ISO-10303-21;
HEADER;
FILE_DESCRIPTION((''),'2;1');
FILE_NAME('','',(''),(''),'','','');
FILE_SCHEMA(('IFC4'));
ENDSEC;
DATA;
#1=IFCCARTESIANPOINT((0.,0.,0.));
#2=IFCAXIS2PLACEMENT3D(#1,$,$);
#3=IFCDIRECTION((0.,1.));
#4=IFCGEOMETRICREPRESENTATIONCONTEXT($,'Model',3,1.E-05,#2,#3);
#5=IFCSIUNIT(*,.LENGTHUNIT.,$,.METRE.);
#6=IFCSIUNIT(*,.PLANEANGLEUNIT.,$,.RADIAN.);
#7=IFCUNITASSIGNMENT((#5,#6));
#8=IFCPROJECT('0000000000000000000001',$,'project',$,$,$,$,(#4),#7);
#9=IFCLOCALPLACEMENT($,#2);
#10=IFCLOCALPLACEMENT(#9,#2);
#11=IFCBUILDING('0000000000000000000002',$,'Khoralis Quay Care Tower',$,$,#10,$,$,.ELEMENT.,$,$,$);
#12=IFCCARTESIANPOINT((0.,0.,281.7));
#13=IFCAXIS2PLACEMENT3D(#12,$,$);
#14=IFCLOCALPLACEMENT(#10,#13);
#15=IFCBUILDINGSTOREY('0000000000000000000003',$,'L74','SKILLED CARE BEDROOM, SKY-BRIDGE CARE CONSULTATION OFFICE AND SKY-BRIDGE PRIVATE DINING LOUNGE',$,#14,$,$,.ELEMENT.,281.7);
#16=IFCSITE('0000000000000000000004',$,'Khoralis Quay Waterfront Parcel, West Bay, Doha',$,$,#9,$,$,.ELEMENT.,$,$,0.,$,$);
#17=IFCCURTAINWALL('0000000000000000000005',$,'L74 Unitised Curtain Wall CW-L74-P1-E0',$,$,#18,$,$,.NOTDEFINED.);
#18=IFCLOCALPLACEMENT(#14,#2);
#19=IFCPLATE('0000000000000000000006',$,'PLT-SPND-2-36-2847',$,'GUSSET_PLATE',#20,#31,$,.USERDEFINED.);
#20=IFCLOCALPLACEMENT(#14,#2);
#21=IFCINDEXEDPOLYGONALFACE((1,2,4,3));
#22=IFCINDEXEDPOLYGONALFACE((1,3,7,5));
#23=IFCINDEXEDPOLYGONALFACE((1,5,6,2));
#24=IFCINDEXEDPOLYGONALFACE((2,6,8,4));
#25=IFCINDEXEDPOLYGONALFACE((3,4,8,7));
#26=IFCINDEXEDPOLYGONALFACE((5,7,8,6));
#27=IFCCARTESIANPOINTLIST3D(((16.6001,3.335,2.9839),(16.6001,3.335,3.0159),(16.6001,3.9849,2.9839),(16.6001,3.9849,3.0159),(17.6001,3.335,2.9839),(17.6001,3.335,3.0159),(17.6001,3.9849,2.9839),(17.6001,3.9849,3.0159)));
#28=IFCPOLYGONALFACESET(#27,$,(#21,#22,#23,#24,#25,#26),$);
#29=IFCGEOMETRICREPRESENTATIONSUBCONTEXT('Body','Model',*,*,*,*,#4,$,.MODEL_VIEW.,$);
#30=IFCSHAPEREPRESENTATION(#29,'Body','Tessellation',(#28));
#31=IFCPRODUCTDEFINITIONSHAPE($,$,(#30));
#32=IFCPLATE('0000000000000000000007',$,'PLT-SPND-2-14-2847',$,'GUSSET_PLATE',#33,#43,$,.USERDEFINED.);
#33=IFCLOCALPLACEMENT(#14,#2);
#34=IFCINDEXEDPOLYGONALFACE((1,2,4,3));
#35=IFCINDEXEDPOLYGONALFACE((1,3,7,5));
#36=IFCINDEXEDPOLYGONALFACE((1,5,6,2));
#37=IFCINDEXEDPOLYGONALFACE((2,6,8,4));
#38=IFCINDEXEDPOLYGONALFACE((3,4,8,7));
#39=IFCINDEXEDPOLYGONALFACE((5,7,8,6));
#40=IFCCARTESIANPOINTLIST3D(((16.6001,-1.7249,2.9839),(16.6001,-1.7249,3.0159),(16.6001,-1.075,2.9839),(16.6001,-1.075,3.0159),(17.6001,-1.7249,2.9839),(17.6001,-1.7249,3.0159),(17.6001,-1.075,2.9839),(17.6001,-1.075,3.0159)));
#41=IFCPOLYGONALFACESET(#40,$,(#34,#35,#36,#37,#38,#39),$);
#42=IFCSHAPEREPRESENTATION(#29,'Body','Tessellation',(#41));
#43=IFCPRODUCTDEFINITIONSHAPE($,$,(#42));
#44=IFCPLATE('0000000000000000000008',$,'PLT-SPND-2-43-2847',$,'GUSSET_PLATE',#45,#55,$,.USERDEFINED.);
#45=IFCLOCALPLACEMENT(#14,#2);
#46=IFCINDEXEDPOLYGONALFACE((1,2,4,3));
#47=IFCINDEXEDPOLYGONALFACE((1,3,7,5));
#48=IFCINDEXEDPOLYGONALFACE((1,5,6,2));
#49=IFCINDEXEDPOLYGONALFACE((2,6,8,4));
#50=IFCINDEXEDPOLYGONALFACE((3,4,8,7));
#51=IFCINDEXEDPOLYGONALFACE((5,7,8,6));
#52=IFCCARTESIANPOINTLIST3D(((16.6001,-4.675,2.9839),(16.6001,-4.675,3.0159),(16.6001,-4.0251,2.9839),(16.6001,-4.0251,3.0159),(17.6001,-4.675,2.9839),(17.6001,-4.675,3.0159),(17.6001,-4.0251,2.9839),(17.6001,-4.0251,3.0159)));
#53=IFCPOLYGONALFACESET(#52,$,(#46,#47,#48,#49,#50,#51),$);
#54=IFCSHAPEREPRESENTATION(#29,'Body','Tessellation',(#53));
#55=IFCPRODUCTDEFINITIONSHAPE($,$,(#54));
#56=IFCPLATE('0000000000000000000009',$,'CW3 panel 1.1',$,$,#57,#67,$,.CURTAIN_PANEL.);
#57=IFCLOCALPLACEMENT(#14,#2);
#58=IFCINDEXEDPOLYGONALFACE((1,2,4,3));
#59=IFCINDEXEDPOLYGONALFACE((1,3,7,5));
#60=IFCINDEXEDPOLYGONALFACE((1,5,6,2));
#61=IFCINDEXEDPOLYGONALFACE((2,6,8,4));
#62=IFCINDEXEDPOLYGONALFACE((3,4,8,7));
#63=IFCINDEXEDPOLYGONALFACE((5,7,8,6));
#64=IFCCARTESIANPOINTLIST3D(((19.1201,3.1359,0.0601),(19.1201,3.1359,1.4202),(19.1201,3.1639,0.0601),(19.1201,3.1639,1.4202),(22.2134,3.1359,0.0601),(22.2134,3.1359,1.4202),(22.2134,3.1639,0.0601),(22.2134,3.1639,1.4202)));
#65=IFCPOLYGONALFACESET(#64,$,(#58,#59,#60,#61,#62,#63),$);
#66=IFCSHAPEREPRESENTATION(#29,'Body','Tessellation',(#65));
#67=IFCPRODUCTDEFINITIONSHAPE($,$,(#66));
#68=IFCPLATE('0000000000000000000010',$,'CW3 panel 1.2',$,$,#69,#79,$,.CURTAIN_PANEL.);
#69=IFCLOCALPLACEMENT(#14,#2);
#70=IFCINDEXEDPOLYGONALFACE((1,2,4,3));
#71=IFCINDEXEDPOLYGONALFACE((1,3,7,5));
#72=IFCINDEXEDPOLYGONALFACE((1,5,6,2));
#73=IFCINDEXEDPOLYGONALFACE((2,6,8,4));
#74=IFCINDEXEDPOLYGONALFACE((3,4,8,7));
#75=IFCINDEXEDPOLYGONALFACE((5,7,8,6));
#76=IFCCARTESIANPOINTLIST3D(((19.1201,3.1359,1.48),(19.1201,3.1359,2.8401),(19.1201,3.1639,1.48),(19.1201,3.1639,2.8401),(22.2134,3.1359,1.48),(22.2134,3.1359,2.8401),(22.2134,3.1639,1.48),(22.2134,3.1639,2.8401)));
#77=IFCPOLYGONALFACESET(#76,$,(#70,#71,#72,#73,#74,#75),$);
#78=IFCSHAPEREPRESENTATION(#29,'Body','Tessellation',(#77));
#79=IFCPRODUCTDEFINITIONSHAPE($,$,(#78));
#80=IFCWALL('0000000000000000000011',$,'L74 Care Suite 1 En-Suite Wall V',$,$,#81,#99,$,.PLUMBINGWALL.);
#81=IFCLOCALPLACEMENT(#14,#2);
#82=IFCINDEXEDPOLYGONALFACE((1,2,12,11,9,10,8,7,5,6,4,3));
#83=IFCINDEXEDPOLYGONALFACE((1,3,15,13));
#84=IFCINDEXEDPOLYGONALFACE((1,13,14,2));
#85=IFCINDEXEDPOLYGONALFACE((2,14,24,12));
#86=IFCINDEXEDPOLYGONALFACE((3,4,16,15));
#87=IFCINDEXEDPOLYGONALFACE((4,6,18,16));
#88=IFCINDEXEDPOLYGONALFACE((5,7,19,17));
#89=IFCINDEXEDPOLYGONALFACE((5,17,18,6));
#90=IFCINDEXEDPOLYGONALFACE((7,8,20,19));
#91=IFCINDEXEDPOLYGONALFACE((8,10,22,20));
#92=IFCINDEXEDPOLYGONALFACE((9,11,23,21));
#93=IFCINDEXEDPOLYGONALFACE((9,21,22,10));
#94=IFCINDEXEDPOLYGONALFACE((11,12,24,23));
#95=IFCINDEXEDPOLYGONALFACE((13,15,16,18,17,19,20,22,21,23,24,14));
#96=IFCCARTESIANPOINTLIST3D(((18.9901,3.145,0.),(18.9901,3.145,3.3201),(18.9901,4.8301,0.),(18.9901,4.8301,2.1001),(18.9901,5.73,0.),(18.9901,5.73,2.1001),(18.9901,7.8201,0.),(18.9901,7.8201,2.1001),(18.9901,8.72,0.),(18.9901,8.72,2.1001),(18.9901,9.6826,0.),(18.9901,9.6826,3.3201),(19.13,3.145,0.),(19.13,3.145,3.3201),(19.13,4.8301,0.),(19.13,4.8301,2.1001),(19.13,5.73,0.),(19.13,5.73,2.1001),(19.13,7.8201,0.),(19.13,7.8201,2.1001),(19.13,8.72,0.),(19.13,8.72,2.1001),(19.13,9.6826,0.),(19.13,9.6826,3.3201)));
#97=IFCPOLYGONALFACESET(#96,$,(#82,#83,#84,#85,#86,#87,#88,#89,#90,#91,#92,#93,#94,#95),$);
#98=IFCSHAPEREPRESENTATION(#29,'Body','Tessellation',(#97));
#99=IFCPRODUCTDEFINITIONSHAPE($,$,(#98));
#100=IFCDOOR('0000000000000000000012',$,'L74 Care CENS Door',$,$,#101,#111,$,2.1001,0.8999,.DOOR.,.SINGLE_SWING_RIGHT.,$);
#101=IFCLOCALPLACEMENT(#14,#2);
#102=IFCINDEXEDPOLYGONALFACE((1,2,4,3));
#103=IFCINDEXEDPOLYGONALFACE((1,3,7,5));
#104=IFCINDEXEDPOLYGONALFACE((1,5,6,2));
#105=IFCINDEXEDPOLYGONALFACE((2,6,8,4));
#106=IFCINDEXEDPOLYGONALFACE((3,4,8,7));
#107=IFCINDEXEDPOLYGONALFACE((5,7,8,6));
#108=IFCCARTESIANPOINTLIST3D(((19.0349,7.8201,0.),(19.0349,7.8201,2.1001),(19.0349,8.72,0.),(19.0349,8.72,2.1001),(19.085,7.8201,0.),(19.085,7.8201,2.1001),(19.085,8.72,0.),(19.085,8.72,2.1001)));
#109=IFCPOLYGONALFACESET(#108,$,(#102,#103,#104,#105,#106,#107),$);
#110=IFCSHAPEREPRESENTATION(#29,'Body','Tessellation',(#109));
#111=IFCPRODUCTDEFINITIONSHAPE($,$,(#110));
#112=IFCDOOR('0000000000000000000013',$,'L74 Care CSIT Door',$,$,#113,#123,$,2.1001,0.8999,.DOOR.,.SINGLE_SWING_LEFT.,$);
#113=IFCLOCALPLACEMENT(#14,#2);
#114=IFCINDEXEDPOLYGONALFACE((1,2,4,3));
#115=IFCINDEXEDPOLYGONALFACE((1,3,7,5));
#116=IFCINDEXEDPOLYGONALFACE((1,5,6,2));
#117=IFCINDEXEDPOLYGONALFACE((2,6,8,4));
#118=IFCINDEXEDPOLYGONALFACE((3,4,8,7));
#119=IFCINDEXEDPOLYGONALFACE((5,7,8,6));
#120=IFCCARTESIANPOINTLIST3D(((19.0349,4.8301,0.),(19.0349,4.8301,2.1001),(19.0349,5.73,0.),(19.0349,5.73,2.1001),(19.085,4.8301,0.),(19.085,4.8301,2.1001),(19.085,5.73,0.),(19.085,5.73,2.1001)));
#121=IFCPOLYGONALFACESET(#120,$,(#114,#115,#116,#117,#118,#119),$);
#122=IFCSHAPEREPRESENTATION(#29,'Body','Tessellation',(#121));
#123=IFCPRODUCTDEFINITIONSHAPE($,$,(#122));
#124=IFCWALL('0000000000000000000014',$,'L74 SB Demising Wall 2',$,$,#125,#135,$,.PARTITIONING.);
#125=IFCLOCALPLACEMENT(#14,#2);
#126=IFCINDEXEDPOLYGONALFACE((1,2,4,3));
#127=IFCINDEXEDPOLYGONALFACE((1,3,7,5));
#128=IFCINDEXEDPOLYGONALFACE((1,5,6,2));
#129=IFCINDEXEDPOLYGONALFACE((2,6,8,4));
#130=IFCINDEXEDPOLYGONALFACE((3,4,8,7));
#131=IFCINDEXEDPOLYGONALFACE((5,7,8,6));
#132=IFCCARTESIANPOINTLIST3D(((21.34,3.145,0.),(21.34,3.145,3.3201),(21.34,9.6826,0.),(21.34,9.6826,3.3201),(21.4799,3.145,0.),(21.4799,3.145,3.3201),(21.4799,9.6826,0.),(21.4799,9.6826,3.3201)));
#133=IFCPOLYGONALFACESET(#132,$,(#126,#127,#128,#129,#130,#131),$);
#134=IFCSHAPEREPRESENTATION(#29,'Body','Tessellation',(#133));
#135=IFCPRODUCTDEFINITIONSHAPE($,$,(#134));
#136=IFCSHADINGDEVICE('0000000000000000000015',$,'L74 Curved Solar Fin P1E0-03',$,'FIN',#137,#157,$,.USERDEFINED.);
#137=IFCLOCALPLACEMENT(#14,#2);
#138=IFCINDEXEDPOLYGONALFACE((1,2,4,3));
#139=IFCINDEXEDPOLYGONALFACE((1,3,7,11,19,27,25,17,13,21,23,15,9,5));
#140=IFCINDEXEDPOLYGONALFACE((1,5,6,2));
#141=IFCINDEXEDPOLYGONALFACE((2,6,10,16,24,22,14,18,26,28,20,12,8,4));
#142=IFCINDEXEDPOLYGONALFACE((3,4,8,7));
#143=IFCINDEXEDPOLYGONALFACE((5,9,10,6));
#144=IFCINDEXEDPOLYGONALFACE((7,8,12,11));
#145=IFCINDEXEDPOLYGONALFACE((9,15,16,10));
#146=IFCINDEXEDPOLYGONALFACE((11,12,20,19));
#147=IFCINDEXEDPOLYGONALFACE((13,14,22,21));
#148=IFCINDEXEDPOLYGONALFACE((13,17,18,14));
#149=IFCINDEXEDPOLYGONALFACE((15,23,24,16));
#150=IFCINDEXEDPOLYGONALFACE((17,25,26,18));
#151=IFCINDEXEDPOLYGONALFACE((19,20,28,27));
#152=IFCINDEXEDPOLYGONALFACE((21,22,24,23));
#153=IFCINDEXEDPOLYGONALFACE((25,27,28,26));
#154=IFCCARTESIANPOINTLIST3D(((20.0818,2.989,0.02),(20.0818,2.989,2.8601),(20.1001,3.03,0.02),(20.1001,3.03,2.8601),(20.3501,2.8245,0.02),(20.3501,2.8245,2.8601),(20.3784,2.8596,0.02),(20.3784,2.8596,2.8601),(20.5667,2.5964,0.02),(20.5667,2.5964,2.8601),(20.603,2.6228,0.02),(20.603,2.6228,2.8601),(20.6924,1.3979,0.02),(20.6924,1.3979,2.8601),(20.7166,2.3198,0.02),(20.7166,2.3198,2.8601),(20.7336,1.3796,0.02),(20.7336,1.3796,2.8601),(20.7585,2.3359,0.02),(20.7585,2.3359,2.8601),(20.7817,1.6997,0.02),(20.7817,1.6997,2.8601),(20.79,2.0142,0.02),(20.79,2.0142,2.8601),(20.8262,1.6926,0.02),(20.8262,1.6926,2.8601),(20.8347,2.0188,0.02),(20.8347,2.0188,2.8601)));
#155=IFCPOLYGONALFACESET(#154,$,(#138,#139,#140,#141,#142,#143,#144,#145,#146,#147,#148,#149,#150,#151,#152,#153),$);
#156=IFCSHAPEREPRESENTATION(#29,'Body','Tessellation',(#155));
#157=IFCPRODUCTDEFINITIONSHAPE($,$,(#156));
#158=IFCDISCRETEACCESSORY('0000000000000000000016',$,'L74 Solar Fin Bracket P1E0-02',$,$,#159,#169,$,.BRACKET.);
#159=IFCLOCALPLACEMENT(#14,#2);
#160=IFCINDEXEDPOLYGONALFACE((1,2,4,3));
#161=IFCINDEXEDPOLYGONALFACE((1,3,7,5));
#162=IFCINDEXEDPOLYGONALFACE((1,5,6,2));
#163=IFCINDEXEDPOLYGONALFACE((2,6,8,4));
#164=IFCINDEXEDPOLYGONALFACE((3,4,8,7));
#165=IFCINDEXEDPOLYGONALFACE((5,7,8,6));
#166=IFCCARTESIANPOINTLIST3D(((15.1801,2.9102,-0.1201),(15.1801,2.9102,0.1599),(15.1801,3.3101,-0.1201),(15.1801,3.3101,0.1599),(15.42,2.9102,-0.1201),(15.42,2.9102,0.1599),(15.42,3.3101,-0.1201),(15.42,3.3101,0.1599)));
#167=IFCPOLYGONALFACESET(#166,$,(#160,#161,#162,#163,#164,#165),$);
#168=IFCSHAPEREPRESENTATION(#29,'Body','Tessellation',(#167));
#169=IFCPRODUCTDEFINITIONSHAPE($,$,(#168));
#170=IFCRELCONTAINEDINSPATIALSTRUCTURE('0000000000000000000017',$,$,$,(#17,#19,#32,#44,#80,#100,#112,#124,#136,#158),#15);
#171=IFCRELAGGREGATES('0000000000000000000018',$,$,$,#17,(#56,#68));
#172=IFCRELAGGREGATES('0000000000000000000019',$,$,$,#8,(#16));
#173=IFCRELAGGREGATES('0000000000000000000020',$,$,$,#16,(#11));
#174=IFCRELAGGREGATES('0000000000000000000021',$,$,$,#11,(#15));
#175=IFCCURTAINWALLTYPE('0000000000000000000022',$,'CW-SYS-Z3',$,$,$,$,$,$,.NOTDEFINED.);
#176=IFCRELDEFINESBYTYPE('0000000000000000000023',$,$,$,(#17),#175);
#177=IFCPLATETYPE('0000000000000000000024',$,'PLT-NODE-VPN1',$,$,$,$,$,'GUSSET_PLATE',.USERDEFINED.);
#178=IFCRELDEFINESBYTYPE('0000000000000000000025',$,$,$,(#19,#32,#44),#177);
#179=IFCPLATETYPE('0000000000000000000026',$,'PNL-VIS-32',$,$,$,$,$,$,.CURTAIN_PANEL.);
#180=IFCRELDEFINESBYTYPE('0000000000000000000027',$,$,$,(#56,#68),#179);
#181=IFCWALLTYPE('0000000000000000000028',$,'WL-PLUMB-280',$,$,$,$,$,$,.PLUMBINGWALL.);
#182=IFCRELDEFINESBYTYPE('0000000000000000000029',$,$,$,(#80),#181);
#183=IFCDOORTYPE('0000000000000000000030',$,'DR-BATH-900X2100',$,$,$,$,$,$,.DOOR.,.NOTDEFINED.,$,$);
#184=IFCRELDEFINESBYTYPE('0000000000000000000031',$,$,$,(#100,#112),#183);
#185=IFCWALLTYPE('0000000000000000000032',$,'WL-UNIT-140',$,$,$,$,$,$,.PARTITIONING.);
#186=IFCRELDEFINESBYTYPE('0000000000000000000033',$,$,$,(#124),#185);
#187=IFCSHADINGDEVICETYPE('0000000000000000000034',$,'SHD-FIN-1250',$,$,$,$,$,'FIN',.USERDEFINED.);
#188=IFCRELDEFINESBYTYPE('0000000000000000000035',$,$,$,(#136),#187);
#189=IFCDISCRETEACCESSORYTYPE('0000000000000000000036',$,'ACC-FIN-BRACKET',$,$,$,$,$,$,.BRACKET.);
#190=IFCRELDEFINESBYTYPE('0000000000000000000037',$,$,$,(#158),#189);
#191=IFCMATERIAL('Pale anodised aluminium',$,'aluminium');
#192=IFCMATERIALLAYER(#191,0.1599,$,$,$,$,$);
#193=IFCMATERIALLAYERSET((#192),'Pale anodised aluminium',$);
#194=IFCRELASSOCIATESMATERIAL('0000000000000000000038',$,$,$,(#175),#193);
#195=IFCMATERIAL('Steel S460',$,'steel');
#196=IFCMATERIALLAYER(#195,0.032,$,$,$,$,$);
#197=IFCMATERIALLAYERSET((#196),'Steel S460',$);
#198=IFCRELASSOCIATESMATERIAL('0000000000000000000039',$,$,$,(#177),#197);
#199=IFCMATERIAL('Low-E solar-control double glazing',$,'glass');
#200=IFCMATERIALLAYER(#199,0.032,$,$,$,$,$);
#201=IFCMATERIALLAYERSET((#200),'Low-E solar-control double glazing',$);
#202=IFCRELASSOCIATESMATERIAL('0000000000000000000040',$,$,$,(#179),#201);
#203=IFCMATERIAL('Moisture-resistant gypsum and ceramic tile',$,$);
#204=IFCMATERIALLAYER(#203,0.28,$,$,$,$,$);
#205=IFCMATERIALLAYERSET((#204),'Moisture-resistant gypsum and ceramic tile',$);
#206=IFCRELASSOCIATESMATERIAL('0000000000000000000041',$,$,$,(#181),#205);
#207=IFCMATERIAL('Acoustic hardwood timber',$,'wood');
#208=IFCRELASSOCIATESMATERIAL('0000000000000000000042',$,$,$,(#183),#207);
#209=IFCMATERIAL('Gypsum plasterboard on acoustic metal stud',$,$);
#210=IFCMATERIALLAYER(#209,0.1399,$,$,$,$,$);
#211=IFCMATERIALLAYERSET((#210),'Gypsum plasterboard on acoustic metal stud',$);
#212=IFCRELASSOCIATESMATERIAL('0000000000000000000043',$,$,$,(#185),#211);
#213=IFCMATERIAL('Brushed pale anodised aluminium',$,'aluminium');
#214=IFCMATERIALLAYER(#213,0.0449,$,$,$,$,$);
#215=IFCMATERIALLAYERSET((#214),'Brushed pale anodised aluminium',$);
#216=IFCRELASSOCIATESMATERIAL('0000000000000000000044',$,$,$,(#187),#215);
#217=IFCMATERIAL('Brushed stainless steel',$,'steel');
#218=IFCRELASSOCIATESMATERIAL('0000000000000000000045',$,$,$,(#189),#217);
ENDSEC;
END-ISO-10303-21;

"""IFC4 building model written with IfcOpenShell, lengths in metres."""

from ifc_helpers import new_model, si_unit, direction, frame, frame_2d, origin, origin_2d, place, context, subcontext, project, spatial, polyline, rectangle, outline, extrude, source, transform, mapped, material, layer, layer_set, type_object, element, fill, aggregate, save


model = new_model("IFC4")

# Units and contexts
model_context = context("Model", 3, precision=1e-05, world=origin(), true_north=direction((0.0, 1.0)))
body_context = subcontext(model_context, "Body", "Model", "MODEL_VIEW")
ifc_project = project(units=[si_unit("LENGTHUNIT", "METRE"), si_unit("PLANEANGLEUNIT", "RADIAN")], contexts=[model_context])

# Site, building, storey
site_placement = place(None, origin())
site = spatial("IfcSite", under=ifc_project, at=site_placement, Name="Khoralis Quay Waterfront Parcel, West Bay, Doha", CompositionType="ELEMENT", RefElevation=0.0)
building_placement = place(site_placement, origin())
building = spatial("IfcBuilding", under=site, at=building_placement, Name="Khoralis Quay Care Tower", CompositionType="ELEMENT")
storey_placement = place(building_placement, frame((0.0, 0.0, 281.7)))
storey = spatial("IfcBuildingStorey", under=building, at=storey_placement, Name="L74", Description="SKILLED CARE BEDROOM, SKY-BRIDGE CARE CONSULTATION OFFICE AND SKY-BRIDGE PRIVATE DINING LOUNGE", CompositionType="ELEMENT", Elevation=281.7)

# Shared definitions
ifc_material_1 = material(Name="Steel S460", Category="steel")

# Curtain wall
ifc_material_2 = material(Name="Pale anodised aluminium", Category="aluminium")
ifc_layer_1 = layer(ifc_material_2, 0.1599)
ifc_layer_set_1 = layer_set([ifc_layer_1], Name="Pale anodised aluminium")
curtain_wall_type = type_object("IfcCurtainWallType", Name="CW-SYS-Z3", PredefinedType="NOTDEFINED", material=ifc_layer_set_1)
curtain_wall_placement = place(storey_placement, origin())
curtain_wall = element("IfcCurtainWall", 1, at=curtain_wall_placement, inside=storey, type_object=curtain_wall_type, Name="L74 Unitised Curtain Wall CW-L74-P1-E0", PredefinedType="NOTDEFINED")

# Plates
ifc_layer_2 = layer(ifc_material_1, 0.032)
ifc_layer_set_2 = layer_set([ifc_layer_2], Name="Steel S460")
plate_type_1 = type_object("IfcPlateType", Name="PLT-NODE-VPN1", ElementType="GUSSET_PLATE", PredefinedType="USERDEFINED", material=ifc_layer_set_2)
shared_shape_1 = source(origin(), body_context, "Body", "SweptSolid", [
    extrude(rectangle(XDim=1.0, YDim=0.6499, at=origin_2d()), origin(), (0.0, 0.0, 1.0), 0.032),
])
for number, where, z_axis, x_axis, name in (
    (2, (17.1001, 3.6599, 2.9839), (0.0, 0.0, 1.0), (1.0, 0.0, 0.0), "PLT-SPND-2-36-2847"),
    (3, (17.1001, -1.3999, 2.9839), (0.0, 0.0, 1.0), (1.0, 0.0, 0.0), "PLT-SPND-2-14-2847"),
    (4, (17.1001, -4.3501, 2.9839), (0.0, 0.0, 1.0), (1.0, 0.0, 0.0), "PLT-SPND-2-43-2847"),
):
    element("IfcPlate", number, at=place(storey_placement, frame(where, z_axis=z_axis, x_axis=x_axis)), inside=storey, type_object=plate_type_1, Name=name, ObjectType="GUSSET_PLATE", PredefinedType="USERDEFINED", context=body_context, shape_type="MappedRepresentation", body=[
        mapped(shared_shape_1, transform((0.0, 0.0, 0.0), scale=1.0)),
    ])

# Plates
ifc_material_3 = material(Name="Low-E solar-control double glazing", Category="glass")
ifc_layer_3 = layer(ifc_material_3, 0.032)
ifc_layer_set_3 = layer_set([ifc_layer_3], Name="Low-E solar-control double glazing")
plate_type_2 = type_object("IfcPlateType", Name="PNL-VIS-32", PredefinedType="CURTAIN_PANEL", material=ifc_layer_set_3)
shared_shape_2 = source(origin(), body_context, "Body", "SweptSolid", [
    extrude(rectangle(XDim=3.0933, YDim=0.0281, at=origin_2d()), origin(), (0.0, 0.0, 1.0), 1.3601),
])
plate_1_placement = place(storey_placement, frame((20.6667, 3.1499, 0.0601), z_axis=(0.0, 0.0, 1.0), x_axis=(1.0, 0.0, 0.0)))
plate_1 = element("IfcPlate", 5, at=plate_1_placement, type_object=plate_type_2, Name="CW3 panel 1.1", PredefinedType="CURTAIN_PANEL", context=body_context, shape_type="MappedRepresentation", body=[
    mapped(shared_shape_2, transform((0.0, 0.0, 0.0), scale=1.0)),
])
plate_2_placement = place(storey_placement, frame((20.6667, 3.1499, 1.48), z_axis=(0.0, 0.0, 1.0), x_axis=(1.0, 0.0, 0.0)))
plate_2 = element("IfcPlate", 6, at=plate_2_placement, type_object=plate_type_2, Name="CW3 panel 1.2", PredefinedType="CURTAIN_PANEL", context=body_context, shape_type="MappedRepresentation", body=[
    mapped(shared_shape_2, transform((0.0, 0.0, 0.0), scale=1.0)),
])
aggregate(curtain_wall, [plate_1, plate_2])

# Wall, openings, doors
ifc_material_4 = material(Name="Moisture-resistant gypsum and ceramic tile")
ifc_layer_4 = layer(ifc_material_4, 0.28)
ifc_layer_set_4 = layer_set([ifc_layer_4], Name="Moisture-resistant gypsum and ceramic tile")
wall_type_1 = type_object("IfcWallType", Name="WL-PLUMB-280", PredefinedType="PLUMBINGWALL", material=ifc_layer_set_4)
wall_1_placement = place(storey_placement, frame((19.0601, 3.145, 0.0), z_axis=(0.0, 0.0, 1.0), x_axis=(0.0, 1.0, 0.0)))
wall_1 = element("IfcWall", 7, at=wall_1_placement, inside=storey, type_object=wall_type_1, Name="L74 Care Suite 1 En-Suite Wall V", PredefinedType="PLUMBINGWALL", context=body_context, shape_type="SweptSolid", body=[
    extrude(rectangle(XDim=6.5376, YDim=0.1399, at=frame_2d((3.2688, 0.0))), origin(), (0.0, 0.0, 1.0), 3.3201),
])
opening_1_placement = place(wall_1_placement, frame((4.675, 0.0, 0.0)))
opening_1 = element("IfcOpeningElement", 8, at=opening_1_placement, cuts=wall_1, PredefinedType="OPENING", context=body_context, shape_type="SweptSolid", body=[
    extrude(rectangle(XDim=0.8999, YDim=2.1001, at=frame_2d((0.45, 1.05))), frame((0.0, 0.0801, 0.0), z_axis=(0.0, -1.0, 0.0), x_axis=(1.0, 0.0, 0.0)), (0.0, 0.0, 1.0), 0.1599),
])
opening_2_placement = place(wall_1_placement, frame((1.6851, 0.0, 0.0)))
opening_2 = element("IfcOpeningElement", 9, at=opening_2_placement, cuts=wall_1, PredefinedType="OPENING", context=body_context, shape_type="SweptSolid", body=[
    extrude(rectangle(XDim=0.8999, YDim=2.1001, at=frame_2d((0.45, 1.05))), frame((0.0, 0.0801, 0.0), z_axis=(0.0, -1.0, 0.0), x_axis=(1.0, 0.0, 0.0)), (0.0, 0.0, 1.0), 0.1599),
])
ifc_material_5 = material(Name="Acoustic hardwood timber", Category="wood")
door_type = type_object("IfcDoorType", Name="DR-BATH-900X2100", OperationType="NOTDEFINED", PredefinedType="DOOR", material=ifc_material_5)
shared_shape_3 = source(origin(), body_context, "Body", "SweptSolid", [
    extrude(rectangle(XDim=0.8999, YDim=2.1001, at=frame_2d((0.45, 1.05))), frame((0.0, 0.0249, 0.0), z_axis=(0.0, -1.0, 0.0), x_axis=(1.0, 0.0, 0.0)), (0.0, 0.0, 1.0), 0.05),
])
door_1_placement = place(opening_1_placement, frame((0.8999, 0.0, 0.0), z_axis=(0.0, 0.0, 1.0), x_axis=(-1.0, 0.0, 0.0)))
door_1 = element("IfcDoor", 10, at=door_1_placement, inside=storey, type_object=door_type, Name="L74 Care CENS Door", OperationType="SINGLE_SWING_RIGHT", OverallHeight=2.1001, OverallWidth=0.8999, PredefinedType="DOOR", context=body_context, shape_type="MappedRepresentation", body=[
    mapped(shared_shape_3, transform((0.0, 0.0, 0.0), scale=1.0)),
])
fill(opening_1, door_1)
door_2_placement = place(opening_2_placement, frame((0.8999, 0.0, 0.0), z_axis=(0.0, 0.0, 1.0), x_axis=(-1.0, 0.0, 0.0)))
door_2 = element("IfcDoor", 11, at=door_2_placement, inside=storey, type_object=door_type, Name="L74 Care CSIT Door", OperationType="SINGLE_SWING_LEFT", OverallHeight=2.1001, OverallWidth=0.8999, PredefinedType="DOOR", context=body_context, shape_type="MappedRepresentation", body=[
    mapped(shared_shape_3, transform((0.0, 0.0, 0.0), scale=1.0)),
])
fill(opening_2, door_2)

# Wall
ifc_material_6 = material(Name="Gypsum plasterboard on acoustic metal stud")
ifc_layer_5 = layer(ifc_material_6, 0.1399)
ifc_layer_set_5 = layer_set([ifc_layer_5], Name="Gypsum plasterboard on acoustic metal stud")
wall_type_2 = type_object("IfcWallType", Name="WL-UNIT-140", PredefinedType="PARTITIONING", material=ifc_layer_set_5)
wall_2_placement = place(storey_placement, frame((21.4099, 3.145, 0.0), z_axis=(0.0, 0.0, 1.0), x_axis=(0.0, 1.0, 0.0)))
element("IfcWall", 12, at=wall_2_placement, inside=storey, type_object=wall_type_2, Name="L74 SB Demising Wall 2", PredefinedType="PARTITIONING", context=body_context, shape_type="SweptSolid", body=[
    extrude(rectangle(XDim=6.5376, YDim=0.1399, at=frame_2d((3.2688, 0.0))), origin(), (0.0, 0.0, 1.0), 3.3201),
])

# Shading device
ifc_material_7 = material(Name="Brushed pale anodised aluminium", Category="aluminium")
ifc_layer_6 = layer(ifc_material_7, 0.0449)
ifc_layer_set_6 = layer_set([ifc_layer_6], Name="Brushed pale anodised aluminium")
shading_device_type = type_object("IfcShadingDeviceType", Name="SHD-FIN-1250", ElementType="FIN", PredefinedType="USERDEFINED", material=ifc_layer_set_6)
shared_shape_4 = source(origin(), body_context, "Body", "SweptSolid", [
    extrude(outline(polyline([(0.0, 0.0), (0.1704, 0.2783), (0.4072, 0.5029), (0.6941, 0.6584), (1.0112, 0.7346), (1.3374, 0.7261), (1.6504, 0.6335), (1.6321, 0.5923), (1.3303, 0.6816), (1.0159, 0.6899), (0.7102, 0.6165), (0.4336, 0.4666), (0.2056, 0.25), (0.041, -0.0183), (0.0, 0.0)])), origin(), (0.0, 0.0, 1.0), 2.8401),
])
shading_device_placement = place(storey_placement, frame((20.1001, 3.03, 0.02), z_axis=(0.0, 0.0, 1.0), x_axis=(0.0, -1.0, 0.0)))
element("IfcShadingDevice", 13, at=shading_device_placement, inside=storey, type_object=shading_device_type, Name="L74 Curved Solar Fin P1E0-03", ObjectType="FIN", PredefinedType="USERDEFINED", context=body_context, shape_type="MappedRepresentation", body=[
    mapped(shared_shape_4, transform((0.0, 0.0, 0.0), scale=1.0)),
])

# Discrete accessory
ifc_material_8 = material(Name="Brushed stainless steel", Category="steel")
discrete_accessory_type = type_object("IfcDiscreteAccessoryType", Name="ACC-FIN-BRACKET", PredefinedType="BRACKET", material=ifc_material_8)
shared_shape_5 = source(origin(), body_context, "Body", "SweptSolid", [
    extrude(rectangle(XDim=0.3999, YDim=0.24, at=origin_2d()), origin(), (0.0, 0.0, 1.0), 0.28),
])
for number, where, z_axis, x_axis, name in (
    (14, (15.3, 3.1101, -0.1201), (0.0, 0.0, 1.0), (0.0, -1.0, 0.0), "L74 Solar Fin Bracket P1E0-02"),
):
    element("IfcDiscreteAccessory", number, at=place(storey_placement, frame(where, z_axis=z_axis, x_axis=x_axis)), inside=storey, type_object=discrete_accessory_type, Name=name, PredefinedType="BRACKET", context=body_context, shape_type="MappedRepresentation", body=[
        mapped(shared_shape_5, transform((0.0, 0.0, 0.0), scale=1.0)),
    ])

save(model, "model.ifc")
